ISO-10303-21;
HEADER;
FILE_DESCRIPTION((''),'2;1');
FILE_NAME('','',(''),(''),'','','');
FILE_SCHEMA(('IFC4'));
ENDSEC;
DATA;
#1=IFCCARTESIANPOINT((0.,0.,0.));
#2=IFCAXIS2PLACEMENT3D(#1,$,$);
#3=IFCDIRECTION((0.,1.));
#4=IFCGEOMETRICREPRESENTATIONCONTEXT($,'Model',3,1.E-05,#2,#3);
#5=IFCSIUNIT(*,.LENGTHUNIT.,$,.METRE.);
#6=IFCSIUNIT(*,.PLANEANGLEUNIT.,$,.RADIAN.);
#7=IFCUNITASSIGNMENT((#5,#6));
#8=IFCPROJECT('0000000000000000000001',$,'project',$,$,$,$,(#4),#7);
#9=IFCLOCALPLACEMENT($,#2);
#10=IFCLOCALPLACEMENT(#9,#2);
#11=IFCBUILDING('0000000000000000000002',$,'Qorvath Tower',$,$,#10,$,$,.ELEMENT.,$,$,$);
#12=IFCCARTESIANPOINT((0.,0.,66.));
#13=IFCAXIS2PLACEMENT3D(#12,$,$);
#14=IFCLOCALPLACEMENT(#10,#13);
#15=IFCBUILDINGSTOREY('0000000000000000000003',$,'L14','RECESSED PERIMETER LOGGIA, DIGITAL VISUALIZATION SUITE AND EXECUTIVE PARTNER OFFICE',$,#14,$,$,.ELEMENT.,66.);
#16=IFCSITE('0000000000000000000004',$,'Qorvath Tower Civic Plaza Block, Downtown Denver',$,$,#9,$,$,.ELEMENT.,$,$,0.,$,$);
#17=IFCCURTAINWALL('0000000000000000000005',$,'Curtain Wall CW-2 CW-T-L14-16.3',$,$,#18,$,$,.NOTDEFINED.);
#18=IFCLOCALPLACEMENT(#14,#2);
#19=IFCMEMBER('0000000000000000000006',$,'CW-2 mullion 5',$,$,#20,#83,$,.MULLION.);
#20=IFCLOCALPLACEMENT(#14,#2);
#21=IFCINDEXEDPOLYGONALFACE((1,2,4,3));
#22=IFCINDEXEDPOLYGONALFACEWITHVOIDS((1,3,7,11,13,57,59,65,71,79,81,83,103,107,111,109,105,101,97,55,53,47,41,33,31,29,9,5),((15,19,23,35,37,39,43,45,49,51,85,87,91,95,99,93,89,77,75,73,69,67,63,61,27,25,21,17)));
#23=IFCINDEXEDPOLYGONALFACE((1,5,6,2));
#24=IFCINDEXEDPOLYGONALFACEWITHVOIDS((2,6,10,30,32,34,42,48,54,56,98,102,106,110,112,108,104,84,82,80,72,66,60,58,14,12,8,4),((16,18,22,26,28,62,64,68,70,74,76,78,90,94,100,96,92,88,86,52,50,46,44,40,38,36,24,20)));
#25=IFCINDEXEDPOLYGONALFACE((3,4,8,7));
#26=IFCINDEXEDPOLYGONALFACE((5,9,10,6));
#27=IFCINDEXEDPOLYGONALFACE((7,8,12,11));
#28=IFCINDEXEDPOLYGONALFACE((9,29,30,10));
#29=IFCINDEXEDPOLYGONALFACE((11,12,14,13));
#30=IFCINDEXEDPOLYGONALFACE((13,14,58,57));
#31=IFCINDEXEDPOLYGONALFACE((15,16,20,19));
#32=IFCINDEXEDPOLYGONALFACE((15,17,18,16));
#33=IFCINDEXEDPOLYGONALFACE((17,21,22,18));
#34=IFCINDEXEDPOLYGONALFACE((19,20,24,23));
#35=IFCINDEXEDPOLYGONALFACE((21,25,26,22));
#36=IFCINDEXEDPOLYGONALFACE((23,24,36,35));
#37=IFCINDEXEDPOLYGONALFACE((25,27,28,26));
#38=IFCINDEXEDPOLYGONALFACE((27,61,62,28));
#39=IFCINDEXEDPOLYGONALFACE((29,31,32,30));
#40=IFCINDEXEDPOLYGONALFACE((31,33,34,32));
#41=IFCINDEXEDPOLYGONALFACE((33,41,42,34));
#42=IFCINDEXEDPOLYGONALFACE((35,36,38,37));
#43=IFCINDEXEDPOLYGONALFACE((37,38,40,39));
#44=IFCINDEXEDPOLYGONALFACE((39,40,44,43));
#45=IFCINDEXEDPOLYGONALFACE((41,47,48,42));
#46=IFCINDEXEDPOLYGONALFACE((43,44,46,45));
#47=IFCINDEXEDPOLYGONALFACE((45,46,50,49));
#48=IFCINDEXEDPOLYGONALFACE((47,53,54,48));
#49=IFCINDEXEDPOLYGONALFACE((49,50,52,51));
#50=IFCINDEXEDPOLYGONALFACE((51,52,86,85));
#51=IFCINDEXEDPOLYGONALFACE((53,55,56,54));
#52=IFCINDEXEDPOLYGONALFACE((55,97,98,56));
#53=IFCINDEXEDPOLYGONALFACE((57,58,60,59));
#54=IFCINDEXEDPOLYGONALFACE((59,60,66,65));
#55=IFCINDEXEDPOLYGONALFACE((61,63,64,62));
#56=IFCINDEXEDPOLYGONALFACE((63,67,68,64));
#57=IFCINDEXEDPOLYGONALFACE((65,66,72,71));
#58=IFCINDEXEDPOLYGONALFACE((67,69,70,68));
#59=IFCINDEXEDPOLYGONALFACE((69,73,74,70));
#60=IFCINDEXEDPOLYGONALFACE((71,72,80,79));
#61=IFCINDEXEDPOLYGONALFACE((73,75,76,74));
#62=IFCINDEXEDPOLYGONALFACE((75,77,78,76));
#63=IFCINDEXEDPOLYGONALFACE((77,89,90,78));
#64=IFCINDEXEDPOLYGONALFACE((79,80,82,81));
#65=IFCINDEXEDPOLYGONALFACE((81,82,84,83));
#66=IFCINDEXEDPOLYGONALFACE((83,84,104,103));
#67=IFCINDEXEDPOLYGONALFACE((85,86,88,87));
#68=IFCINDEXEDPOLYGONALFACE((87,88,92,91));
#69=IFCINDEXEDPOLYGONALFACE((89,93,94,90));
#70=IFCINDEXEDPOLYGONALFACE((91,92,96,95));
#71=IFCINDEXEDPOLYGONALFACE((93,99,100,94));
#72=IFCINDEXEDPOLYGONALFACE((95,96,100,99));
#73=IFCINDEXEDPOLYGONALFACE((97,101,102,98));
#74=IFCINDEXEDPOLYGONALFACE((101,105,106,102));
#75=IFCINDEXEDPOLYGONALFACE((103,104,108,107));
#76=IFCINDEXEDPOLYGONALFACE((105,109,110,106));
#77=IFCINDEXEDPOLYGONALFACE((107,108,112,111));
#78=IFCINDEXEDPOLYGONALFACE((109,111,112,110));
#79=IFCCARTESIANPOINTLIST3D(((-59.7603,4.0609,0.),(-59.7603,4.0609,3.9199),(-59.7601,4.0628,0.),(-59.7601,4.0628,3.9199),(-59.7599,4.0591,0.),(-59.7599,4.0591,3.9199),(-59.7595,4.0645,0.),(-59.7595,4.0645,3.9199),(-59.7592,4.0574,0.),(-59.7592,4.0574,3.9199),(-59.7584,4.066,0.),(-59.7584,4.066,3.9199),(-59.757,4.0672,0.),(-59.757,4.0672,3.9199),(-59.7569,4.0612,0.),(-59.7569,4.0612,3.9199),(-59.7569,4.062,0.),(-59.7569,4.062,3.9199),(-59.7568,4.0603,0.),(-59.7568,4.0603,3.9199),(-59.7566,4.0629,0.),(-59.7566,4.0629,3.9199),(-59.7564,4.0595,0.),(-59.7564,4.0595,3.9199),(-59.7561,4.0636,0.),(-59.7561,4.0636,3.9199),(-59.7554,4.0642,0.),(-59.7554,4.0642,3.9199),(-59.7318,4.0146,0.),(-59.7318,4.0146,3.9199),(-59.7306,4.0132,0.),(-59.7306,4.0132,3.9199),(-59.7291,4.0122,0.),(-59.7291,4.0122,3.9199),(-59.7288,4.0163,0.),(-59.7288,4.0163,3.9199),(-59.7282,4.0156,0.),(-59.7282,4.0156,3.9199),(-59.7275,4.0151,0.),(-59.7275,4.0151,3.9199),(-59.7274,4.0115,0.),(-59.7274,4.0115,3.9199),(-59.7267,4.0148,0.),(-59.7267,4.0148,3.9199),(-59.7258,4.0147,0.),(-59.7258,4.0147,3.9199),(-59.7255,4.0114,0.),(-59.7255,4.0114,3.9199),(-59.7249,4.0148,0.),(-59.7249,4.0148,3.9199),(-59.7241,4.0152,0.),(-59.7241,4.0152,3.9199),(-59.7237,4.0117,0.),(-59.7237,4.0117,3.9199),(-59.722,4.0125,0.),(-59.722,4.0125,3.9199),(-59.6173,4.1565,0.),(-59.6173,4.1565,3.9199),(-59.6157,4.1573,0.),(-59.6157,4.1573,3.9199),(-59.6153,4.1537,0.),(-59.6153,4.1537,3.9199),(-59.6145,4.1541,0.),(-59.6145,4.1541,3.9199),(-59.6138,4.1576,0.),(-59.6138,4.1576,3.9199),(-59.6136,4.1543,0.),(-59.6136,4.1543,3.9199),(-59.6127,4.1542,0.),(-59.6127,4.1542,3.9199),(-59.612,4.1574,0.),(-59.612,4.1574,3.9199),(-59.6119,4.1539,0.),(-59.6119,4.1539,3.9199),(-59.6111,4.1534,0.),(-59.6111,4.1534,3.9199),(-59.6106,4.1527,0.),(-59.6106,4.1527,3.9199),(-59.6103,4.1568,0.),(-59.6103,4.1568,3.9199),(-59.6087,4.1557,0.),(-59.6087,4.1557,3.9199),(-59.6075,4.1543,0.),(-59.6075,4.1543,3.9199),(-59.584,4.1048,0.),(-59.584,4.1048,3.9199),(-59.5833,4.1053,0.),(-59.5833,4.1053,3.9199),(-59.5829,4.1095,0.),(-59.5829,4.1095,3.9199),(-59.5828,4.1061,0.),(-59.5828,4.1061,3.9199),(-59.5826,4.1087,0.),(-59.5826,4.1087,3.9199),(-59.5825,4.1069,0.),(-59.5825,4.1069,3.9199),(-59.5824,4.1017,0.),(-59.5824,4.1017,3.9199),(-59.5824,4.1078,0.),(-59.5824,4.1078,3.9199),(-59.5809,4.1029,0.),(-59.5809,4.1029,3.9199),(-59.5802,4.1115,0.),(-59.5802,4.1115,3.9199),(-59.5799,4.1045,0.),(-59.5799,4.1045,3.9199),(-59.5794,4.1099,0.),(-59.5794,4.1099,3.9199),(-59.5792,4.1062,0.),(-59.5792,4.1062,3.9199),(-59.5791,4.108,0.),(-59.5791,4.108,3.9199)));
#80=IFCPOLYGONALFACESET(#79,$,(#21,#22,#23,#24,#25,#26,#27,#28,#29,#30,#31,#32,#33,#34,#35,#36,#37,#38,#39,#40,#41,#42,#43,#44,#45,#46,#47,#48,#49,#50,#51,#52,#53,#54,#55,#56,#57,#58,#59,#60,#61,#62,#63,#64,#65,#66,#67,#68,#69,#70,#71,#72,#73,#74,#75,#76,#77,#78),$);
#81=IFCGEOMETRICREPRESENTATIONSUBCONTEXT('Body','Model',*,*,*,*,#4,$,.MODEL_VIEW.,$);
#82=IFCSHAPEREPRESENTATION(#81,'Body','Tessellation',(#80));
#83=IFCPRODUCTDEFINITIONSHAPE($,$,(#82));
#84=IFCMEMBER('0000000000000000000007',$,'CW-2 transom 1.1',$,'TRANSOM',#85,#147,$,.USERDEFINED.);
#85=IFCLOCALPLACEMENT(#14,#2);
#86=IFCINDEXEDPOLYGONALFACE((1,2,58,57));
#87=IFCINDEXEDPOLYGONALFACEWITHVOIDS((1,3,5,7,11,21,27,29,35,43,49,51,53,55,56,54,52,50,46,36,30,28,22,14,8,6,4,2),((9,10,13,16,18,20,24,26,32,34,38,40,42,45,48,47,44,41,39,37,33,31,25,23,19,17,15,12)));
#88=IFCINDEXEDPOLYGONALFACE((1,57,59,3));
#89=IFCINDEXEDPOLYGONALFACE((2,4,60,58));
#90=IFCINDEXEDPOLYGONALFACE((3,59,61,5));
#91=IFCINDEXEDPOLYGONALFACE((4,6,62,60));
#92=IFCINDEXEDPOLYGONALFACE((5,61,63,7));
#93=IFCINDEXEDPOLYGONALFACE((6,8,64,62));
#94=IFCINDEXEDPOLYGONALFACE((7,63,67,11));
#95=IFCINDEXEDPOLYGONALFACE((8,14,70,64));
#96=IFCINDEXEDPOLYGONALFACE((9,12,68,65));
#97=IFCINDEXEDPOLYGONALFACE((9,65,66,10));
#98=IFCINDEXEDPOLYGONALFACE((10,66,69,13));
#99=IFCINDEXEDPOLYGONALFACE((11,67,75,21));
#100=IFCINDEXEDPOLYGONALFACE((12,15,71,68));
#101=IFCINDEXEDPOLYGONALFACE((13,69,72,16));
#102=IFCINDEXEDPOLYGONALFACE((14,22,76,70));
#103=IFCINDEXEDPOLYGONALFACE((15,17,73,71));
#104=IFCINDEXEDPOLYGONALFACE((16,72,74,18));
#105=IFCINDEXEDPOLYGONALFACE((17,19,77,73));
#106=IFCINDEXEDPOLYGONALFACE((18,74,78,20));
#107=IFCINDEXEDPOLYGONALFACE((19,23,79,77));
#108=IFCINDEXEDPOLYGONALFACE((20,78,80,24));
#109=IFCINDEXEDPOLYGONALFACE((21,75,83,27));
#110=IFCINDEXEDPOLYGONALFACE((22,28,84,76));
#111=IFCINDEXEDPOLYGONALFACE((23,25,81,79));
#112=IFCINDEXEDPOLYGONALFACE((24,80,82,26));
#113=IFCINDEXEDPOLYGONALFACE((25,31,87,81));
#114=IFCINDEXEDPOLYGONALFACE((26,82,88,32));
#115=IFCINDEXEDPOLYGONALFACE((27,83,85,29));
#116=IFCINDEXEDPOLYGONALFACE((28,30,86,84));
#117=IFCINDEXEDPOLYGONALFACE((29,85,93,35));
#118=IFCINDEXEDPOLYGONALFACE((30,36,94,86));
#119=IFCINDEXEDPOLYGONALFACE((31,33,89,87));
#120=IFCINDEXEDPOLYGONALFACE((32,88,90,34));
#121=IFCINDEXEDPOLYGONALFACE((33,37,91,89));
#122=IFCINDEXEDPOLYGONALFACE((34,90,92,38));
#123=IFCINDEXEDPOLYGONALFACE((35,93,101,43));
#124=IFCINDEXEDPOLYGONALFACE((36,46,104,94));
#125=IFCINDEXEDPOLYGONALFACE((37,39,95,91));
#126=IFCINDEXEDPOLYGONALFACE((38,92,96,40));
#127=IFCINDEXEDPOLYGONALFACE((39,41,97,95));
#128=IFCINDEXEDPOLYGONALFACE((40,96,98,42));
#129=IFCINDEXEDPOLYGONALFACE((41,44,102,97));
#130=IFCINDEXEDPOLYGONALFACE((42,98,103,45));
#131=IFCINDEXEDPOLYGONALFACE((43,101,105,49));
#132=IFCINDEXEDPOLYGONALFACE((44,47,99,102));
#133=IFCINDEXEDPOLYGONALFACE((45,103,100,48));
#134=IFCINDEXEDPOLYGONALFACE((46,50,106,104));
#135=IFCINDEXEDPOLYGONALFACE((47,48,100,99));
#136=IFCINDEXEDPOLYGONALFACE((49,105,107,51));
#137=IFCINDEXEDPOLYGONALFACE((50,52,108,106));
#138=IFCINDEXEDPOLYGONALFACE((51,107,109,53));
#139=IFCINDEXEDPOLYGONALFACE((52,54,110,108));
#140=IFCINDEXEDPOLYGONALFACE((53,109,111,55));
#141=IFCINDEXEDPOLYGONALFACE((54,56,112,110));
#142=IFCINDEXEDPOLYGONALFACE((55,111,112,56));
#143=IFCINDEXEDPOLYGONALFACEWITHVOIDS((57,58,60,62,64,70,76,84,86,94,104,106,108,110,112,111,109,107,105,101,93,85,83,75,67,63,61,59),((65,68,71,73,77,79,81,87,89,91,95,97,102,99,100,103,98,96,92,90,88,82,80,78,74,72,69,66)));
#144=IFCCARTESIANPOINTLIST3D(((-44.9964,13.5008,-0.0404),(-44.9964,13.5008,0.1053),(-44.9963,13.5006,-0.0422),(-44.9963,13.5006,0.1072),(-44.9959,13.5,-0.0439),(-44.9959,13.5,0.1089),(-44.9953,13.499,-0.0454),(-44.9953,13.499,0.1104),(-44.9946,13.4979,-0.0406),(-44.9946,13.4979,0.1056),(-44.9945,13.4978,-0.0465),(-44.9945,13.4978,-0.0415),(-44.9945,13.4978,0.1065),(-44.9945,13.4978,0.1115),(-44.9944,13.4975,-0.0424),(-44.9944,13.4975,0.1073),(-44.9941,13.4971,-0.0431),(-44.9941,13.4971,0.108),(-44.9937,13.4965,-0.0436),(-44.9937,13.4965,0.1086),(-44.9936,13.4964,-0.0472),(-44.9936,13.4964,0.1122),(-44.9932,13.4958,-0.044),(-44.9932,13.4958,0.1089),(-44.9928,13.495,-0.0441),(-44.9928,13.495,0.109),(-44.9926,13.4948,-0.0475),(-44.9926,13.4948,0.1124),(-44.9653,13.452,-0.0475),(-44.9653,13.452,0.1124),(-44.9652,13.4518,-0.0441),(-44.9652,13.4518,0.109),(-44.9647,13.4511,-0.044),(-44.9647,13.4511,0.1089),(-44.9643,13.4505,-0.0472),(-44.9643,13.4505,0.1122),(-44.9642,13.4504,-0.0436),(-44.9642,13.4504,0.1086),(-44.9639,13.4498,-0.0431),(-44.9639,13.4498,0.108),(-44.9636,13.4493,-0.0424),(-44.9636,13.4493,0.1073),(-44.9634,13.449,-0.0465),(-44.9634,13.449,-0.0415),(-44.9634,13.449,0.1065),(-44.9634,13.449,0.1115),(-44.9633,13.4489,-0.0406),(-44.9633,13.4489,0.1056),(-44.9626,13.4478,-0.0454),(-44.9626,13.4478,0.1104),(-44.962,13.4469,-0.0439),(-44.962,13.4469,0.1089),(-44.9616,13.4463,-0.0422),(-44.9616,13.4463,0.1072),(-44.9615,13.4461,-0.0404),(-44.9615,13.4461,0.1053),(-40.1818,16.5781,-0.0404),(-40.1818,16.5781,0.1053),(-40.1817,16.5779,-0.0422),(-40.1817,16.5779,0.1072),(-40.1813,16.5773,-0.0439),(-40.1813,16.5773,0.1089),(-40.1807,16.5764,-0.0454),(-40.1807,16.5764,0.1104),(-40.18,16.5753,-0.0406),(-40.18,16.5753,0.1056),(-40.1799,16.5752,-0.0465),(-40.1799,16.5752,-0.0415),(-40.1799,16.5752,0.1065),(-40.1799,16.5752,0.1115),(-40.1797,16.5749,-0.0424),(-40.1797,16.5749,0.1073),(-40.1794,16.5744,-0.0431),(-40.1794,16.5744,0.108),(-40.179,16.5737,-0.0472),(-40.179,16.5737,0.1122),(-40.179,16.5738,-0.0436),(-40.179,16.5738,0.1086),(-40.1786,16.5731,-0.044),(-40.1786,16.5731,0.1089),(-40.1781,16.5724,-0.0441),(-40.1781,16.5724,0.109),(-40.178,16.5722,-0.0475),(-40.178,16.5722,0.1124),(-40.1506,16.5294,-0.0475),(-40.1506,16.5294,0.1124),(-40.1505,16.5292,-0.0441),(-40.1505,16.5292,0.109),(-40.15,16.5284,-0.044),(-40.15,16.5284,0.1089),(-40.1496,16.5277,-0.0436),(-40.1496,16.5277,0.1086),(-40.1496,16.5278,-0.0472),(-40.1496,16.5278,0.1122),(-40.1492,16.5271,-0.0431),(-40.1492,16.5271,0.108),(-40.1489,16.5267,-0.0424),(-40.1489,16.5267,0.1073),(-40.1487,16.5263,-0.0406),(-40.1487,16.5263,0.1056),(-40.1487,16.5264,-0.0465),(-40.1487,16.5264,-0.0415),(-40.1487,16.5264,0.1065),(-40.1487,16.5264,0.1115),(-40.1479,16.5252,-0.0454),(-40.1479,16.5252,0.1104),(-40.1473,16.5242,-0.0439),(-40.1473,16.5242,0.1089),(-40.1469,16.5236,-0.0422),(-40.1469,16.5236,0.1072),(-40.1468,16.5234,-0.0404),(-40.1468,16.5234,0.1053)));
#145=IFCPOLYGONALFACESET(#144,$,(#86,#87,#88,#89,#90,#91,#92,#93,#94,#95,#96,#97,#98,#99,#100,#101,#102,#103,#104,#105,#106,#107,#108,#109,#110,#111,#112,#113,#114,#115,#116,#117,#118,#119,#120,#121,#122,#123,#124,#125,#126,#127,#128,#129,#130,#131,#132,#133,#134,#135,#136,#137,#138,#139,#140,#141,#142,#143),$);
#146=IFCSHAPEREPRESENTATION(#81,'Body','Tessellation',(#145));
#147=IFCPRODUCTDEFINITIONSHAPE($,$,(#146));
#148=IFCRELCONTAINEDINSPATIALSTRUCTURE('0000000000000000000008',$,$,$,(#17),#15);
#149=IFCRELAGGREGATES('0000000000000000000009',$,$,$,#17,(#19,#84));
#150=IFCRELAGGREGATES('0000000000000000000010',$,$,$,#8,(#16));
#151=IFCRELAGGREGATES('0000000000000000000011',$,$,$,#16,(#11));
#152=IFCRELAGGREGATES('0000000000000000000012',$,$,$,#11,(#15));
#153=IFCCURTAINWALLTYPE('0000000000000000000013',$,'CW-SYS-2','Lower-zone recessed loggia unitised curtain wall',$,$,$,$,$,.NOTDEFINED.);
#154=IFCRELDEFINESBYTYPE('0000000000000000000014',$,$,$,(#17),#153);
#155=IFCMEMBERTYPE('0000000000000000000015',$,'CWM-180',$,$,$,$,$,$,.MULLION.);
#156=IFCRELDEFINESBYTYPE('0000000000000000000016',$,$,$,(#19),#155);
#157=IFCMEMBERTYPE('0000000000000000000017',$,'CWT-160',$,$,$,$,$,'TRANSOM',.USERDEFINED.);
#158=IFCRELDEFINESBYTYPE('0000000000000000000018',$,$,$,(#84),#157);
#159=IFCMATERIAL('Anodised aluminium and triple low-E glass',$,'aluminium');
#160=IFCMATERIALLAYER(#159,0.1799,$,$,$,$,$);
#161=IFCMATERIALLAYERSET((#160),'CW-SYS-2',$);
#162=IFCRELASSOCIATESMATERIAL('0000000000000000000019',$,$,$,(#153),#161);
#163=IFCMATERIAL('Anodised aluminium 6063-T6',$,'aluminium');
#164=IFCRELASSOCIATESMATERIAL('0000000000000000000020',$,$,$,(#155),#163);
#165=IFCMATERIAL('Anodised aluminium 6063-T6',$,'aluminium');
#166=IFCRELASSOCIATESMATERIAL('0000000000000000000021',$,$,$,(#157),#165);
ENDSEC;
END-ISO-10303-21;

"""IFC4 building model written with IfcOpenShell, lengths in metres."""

from ifc_helpers import new_model, si_unit, direction, frame, origin, origin_2d, place, context, subcontext, project, spatial, hollow_rectangle, extrude, material, layer, layer_set, material_profile, profile_set, type_object, element, aggregate, save


model = new_model("IFC4")

# Units and contexts
model_context = context("Model", 3, precision=1e-05, world=origin(), true_north=direction((0.0, 1.0)))
body_context = subcontext(model_context, "Body", "Model", "MODEL_VIEW")
ifc_project = project(units=[si_unit("LENGTHUNIT", "METRE"), si_unit("PLANEANGLEUNIT", "RADIAN")], contexts=[model_context])

# Site, building, storey
site_placement = place(None, origin())
site = spatial("IfcSite", under=ifc_project, at=site_placement, Name="Qorvath Tower Civic Plaza Block, Downtown Denver", CompositionType="ELEMENT", RefElevation=0.0)
building_placement = place(site_placement, origin())
building = spatial("IfcBuilding", under=site, at=building_placement, Name="Qorvath Tower", CompositionType="ELEMENT")
storey_placement = place(building_placement, frame((0.0, 0.0, 66.0)))
storey = spatial("IfcBuildingStorey", under=building, at=storey_placement, Name="L14", Description="RECESSED PERIMETER LOGGIA, DIGITAL VISUALIZATION SUITE AND EXECUTIVE PARTNER OFFICE", CompositionType="ELEMENT", Elevation=66.0)

# Shared definitions
ifc_material_1 = material(Name="Anodised aluminium and triple low-E glass", Category="aluminium")
ifc_layer_1 = layer(ifc_material_1, 0.1799)
ifc_layer_set_1 = layer_set([ifc_layer_1], Name="CW-SYS-2")
curtain_wall_type = type_object("IfcCurtainWallType", Name="CW-SYS-2", Description="Lower-zone recessed loggia unitised curtain wall", PredefinedType="NOTDEFINED", material=ifc_layer_set_1)
ifc_material_2 = material(Name="Anodised aluminium 6063-T6", Category="aluminium")
ifc_material_profile_1 = material_profile(ifc_material_2, hollow_rectangle(XDim=0.0649, YDim=0.1799, WallThickness=0.0034, InnerFilletRadius=0.0034, OuterFilletRadius=0.0071, at=origin_2d()), Name="CWM 180x65")
ifc_profile_set_1 = profile_set([ifc_material_profile_1], Name="Anodised aluminium 6063-T6")
member_type_1 = type_object("IfcMemberType", Name="CWM-180", PredefinedType="MULLION", material=ifc_profile_set_1)

# Curtain wall, members
curtain_wall_1_placement = place(storey_placement, origin())
curtain_wall_1 = element("IfcCurtainWall", 1, at=curtain_wall_1_placement, inside=storey, type_object=curtain_wall_type, Name="Curtain Wall CW-2 CW-T-L14-16.3", PredefinedType="NOTDEFINED")
member_1_placement = place(storey_placement, frame((-59.6697, 4.0845, 0.0), z_axis=(0.0, 0.0, 1.0), x_axis=(0.538531, -0.842606, 0.0)))
member_1 = element("IfcMember", 2, at=member_1_placement, type_object=member_type_1, Name="CW-2 mullion 5", PredefinedType="MULLION", context=body_context, shape_type="SweptSolid", body=[
    extrude(hollow_rectangle(XDim=0.0649, YDim=0.1799, WallThickness=0.0034, InnerFilletRadius=0.0034, OuterFilletRadius=0.0071, at=origin_2d()), origin(), (0.0, 0.0, 1.0), 3.9199),
])
ifc_material_3 = material(Name="Anodised aluminium 6063-T6", Category="aluminium")
ifc_material_profile_2 = material_profile(ifc_material_3, hollow_rectangle(XDim=0.0649, YDim=0.1599, WallThickness=0.0034, InnerFilletRadius=0.0034, OuterFilletRadius=0.0071, at=origin_2d()), Name="CWT 160x65")
ifc_profile_set_2 = profile_set([ifc_material_profile_2], Name="Anodised aluminium 6063-T6")
member_type_2 = type_object("IfcMemberType", Name="CWT-160", ElementType="TRANSOM", PredefinedType="USERDEFINED", material=ifc_profile_set_2)
member_2_placement = place(storey_placement, frame((-40.1643, 16.5508, 0.0325), z_axis=(-0.84259, -0.538555, 0.0), x_axis=(0.538555, -0.84259, 0.0)))
member_2 = element("IfcMember", 3, at=member_2_placement, type_object=member_type_2, Name="CW-2 transom 1.1", ObjectType="TRANSOM", PredefinedType="USERDEFINED", context=body_context, shape_type="SweptSolid", body=[
    extrude(hollow_rectangle(XDim=0.0649, YDim=0.1599, WallThickness=0.0034, InnerFilletRadius=0.0034, OuterFilletRadius=0.0071, at=origin_2d()), origin(), (0.0, 0.0, 1.0), 5.7141),
])
aggregate(curtain_wall_1, [member_1, member_2])

save(model, "model.ifc")
